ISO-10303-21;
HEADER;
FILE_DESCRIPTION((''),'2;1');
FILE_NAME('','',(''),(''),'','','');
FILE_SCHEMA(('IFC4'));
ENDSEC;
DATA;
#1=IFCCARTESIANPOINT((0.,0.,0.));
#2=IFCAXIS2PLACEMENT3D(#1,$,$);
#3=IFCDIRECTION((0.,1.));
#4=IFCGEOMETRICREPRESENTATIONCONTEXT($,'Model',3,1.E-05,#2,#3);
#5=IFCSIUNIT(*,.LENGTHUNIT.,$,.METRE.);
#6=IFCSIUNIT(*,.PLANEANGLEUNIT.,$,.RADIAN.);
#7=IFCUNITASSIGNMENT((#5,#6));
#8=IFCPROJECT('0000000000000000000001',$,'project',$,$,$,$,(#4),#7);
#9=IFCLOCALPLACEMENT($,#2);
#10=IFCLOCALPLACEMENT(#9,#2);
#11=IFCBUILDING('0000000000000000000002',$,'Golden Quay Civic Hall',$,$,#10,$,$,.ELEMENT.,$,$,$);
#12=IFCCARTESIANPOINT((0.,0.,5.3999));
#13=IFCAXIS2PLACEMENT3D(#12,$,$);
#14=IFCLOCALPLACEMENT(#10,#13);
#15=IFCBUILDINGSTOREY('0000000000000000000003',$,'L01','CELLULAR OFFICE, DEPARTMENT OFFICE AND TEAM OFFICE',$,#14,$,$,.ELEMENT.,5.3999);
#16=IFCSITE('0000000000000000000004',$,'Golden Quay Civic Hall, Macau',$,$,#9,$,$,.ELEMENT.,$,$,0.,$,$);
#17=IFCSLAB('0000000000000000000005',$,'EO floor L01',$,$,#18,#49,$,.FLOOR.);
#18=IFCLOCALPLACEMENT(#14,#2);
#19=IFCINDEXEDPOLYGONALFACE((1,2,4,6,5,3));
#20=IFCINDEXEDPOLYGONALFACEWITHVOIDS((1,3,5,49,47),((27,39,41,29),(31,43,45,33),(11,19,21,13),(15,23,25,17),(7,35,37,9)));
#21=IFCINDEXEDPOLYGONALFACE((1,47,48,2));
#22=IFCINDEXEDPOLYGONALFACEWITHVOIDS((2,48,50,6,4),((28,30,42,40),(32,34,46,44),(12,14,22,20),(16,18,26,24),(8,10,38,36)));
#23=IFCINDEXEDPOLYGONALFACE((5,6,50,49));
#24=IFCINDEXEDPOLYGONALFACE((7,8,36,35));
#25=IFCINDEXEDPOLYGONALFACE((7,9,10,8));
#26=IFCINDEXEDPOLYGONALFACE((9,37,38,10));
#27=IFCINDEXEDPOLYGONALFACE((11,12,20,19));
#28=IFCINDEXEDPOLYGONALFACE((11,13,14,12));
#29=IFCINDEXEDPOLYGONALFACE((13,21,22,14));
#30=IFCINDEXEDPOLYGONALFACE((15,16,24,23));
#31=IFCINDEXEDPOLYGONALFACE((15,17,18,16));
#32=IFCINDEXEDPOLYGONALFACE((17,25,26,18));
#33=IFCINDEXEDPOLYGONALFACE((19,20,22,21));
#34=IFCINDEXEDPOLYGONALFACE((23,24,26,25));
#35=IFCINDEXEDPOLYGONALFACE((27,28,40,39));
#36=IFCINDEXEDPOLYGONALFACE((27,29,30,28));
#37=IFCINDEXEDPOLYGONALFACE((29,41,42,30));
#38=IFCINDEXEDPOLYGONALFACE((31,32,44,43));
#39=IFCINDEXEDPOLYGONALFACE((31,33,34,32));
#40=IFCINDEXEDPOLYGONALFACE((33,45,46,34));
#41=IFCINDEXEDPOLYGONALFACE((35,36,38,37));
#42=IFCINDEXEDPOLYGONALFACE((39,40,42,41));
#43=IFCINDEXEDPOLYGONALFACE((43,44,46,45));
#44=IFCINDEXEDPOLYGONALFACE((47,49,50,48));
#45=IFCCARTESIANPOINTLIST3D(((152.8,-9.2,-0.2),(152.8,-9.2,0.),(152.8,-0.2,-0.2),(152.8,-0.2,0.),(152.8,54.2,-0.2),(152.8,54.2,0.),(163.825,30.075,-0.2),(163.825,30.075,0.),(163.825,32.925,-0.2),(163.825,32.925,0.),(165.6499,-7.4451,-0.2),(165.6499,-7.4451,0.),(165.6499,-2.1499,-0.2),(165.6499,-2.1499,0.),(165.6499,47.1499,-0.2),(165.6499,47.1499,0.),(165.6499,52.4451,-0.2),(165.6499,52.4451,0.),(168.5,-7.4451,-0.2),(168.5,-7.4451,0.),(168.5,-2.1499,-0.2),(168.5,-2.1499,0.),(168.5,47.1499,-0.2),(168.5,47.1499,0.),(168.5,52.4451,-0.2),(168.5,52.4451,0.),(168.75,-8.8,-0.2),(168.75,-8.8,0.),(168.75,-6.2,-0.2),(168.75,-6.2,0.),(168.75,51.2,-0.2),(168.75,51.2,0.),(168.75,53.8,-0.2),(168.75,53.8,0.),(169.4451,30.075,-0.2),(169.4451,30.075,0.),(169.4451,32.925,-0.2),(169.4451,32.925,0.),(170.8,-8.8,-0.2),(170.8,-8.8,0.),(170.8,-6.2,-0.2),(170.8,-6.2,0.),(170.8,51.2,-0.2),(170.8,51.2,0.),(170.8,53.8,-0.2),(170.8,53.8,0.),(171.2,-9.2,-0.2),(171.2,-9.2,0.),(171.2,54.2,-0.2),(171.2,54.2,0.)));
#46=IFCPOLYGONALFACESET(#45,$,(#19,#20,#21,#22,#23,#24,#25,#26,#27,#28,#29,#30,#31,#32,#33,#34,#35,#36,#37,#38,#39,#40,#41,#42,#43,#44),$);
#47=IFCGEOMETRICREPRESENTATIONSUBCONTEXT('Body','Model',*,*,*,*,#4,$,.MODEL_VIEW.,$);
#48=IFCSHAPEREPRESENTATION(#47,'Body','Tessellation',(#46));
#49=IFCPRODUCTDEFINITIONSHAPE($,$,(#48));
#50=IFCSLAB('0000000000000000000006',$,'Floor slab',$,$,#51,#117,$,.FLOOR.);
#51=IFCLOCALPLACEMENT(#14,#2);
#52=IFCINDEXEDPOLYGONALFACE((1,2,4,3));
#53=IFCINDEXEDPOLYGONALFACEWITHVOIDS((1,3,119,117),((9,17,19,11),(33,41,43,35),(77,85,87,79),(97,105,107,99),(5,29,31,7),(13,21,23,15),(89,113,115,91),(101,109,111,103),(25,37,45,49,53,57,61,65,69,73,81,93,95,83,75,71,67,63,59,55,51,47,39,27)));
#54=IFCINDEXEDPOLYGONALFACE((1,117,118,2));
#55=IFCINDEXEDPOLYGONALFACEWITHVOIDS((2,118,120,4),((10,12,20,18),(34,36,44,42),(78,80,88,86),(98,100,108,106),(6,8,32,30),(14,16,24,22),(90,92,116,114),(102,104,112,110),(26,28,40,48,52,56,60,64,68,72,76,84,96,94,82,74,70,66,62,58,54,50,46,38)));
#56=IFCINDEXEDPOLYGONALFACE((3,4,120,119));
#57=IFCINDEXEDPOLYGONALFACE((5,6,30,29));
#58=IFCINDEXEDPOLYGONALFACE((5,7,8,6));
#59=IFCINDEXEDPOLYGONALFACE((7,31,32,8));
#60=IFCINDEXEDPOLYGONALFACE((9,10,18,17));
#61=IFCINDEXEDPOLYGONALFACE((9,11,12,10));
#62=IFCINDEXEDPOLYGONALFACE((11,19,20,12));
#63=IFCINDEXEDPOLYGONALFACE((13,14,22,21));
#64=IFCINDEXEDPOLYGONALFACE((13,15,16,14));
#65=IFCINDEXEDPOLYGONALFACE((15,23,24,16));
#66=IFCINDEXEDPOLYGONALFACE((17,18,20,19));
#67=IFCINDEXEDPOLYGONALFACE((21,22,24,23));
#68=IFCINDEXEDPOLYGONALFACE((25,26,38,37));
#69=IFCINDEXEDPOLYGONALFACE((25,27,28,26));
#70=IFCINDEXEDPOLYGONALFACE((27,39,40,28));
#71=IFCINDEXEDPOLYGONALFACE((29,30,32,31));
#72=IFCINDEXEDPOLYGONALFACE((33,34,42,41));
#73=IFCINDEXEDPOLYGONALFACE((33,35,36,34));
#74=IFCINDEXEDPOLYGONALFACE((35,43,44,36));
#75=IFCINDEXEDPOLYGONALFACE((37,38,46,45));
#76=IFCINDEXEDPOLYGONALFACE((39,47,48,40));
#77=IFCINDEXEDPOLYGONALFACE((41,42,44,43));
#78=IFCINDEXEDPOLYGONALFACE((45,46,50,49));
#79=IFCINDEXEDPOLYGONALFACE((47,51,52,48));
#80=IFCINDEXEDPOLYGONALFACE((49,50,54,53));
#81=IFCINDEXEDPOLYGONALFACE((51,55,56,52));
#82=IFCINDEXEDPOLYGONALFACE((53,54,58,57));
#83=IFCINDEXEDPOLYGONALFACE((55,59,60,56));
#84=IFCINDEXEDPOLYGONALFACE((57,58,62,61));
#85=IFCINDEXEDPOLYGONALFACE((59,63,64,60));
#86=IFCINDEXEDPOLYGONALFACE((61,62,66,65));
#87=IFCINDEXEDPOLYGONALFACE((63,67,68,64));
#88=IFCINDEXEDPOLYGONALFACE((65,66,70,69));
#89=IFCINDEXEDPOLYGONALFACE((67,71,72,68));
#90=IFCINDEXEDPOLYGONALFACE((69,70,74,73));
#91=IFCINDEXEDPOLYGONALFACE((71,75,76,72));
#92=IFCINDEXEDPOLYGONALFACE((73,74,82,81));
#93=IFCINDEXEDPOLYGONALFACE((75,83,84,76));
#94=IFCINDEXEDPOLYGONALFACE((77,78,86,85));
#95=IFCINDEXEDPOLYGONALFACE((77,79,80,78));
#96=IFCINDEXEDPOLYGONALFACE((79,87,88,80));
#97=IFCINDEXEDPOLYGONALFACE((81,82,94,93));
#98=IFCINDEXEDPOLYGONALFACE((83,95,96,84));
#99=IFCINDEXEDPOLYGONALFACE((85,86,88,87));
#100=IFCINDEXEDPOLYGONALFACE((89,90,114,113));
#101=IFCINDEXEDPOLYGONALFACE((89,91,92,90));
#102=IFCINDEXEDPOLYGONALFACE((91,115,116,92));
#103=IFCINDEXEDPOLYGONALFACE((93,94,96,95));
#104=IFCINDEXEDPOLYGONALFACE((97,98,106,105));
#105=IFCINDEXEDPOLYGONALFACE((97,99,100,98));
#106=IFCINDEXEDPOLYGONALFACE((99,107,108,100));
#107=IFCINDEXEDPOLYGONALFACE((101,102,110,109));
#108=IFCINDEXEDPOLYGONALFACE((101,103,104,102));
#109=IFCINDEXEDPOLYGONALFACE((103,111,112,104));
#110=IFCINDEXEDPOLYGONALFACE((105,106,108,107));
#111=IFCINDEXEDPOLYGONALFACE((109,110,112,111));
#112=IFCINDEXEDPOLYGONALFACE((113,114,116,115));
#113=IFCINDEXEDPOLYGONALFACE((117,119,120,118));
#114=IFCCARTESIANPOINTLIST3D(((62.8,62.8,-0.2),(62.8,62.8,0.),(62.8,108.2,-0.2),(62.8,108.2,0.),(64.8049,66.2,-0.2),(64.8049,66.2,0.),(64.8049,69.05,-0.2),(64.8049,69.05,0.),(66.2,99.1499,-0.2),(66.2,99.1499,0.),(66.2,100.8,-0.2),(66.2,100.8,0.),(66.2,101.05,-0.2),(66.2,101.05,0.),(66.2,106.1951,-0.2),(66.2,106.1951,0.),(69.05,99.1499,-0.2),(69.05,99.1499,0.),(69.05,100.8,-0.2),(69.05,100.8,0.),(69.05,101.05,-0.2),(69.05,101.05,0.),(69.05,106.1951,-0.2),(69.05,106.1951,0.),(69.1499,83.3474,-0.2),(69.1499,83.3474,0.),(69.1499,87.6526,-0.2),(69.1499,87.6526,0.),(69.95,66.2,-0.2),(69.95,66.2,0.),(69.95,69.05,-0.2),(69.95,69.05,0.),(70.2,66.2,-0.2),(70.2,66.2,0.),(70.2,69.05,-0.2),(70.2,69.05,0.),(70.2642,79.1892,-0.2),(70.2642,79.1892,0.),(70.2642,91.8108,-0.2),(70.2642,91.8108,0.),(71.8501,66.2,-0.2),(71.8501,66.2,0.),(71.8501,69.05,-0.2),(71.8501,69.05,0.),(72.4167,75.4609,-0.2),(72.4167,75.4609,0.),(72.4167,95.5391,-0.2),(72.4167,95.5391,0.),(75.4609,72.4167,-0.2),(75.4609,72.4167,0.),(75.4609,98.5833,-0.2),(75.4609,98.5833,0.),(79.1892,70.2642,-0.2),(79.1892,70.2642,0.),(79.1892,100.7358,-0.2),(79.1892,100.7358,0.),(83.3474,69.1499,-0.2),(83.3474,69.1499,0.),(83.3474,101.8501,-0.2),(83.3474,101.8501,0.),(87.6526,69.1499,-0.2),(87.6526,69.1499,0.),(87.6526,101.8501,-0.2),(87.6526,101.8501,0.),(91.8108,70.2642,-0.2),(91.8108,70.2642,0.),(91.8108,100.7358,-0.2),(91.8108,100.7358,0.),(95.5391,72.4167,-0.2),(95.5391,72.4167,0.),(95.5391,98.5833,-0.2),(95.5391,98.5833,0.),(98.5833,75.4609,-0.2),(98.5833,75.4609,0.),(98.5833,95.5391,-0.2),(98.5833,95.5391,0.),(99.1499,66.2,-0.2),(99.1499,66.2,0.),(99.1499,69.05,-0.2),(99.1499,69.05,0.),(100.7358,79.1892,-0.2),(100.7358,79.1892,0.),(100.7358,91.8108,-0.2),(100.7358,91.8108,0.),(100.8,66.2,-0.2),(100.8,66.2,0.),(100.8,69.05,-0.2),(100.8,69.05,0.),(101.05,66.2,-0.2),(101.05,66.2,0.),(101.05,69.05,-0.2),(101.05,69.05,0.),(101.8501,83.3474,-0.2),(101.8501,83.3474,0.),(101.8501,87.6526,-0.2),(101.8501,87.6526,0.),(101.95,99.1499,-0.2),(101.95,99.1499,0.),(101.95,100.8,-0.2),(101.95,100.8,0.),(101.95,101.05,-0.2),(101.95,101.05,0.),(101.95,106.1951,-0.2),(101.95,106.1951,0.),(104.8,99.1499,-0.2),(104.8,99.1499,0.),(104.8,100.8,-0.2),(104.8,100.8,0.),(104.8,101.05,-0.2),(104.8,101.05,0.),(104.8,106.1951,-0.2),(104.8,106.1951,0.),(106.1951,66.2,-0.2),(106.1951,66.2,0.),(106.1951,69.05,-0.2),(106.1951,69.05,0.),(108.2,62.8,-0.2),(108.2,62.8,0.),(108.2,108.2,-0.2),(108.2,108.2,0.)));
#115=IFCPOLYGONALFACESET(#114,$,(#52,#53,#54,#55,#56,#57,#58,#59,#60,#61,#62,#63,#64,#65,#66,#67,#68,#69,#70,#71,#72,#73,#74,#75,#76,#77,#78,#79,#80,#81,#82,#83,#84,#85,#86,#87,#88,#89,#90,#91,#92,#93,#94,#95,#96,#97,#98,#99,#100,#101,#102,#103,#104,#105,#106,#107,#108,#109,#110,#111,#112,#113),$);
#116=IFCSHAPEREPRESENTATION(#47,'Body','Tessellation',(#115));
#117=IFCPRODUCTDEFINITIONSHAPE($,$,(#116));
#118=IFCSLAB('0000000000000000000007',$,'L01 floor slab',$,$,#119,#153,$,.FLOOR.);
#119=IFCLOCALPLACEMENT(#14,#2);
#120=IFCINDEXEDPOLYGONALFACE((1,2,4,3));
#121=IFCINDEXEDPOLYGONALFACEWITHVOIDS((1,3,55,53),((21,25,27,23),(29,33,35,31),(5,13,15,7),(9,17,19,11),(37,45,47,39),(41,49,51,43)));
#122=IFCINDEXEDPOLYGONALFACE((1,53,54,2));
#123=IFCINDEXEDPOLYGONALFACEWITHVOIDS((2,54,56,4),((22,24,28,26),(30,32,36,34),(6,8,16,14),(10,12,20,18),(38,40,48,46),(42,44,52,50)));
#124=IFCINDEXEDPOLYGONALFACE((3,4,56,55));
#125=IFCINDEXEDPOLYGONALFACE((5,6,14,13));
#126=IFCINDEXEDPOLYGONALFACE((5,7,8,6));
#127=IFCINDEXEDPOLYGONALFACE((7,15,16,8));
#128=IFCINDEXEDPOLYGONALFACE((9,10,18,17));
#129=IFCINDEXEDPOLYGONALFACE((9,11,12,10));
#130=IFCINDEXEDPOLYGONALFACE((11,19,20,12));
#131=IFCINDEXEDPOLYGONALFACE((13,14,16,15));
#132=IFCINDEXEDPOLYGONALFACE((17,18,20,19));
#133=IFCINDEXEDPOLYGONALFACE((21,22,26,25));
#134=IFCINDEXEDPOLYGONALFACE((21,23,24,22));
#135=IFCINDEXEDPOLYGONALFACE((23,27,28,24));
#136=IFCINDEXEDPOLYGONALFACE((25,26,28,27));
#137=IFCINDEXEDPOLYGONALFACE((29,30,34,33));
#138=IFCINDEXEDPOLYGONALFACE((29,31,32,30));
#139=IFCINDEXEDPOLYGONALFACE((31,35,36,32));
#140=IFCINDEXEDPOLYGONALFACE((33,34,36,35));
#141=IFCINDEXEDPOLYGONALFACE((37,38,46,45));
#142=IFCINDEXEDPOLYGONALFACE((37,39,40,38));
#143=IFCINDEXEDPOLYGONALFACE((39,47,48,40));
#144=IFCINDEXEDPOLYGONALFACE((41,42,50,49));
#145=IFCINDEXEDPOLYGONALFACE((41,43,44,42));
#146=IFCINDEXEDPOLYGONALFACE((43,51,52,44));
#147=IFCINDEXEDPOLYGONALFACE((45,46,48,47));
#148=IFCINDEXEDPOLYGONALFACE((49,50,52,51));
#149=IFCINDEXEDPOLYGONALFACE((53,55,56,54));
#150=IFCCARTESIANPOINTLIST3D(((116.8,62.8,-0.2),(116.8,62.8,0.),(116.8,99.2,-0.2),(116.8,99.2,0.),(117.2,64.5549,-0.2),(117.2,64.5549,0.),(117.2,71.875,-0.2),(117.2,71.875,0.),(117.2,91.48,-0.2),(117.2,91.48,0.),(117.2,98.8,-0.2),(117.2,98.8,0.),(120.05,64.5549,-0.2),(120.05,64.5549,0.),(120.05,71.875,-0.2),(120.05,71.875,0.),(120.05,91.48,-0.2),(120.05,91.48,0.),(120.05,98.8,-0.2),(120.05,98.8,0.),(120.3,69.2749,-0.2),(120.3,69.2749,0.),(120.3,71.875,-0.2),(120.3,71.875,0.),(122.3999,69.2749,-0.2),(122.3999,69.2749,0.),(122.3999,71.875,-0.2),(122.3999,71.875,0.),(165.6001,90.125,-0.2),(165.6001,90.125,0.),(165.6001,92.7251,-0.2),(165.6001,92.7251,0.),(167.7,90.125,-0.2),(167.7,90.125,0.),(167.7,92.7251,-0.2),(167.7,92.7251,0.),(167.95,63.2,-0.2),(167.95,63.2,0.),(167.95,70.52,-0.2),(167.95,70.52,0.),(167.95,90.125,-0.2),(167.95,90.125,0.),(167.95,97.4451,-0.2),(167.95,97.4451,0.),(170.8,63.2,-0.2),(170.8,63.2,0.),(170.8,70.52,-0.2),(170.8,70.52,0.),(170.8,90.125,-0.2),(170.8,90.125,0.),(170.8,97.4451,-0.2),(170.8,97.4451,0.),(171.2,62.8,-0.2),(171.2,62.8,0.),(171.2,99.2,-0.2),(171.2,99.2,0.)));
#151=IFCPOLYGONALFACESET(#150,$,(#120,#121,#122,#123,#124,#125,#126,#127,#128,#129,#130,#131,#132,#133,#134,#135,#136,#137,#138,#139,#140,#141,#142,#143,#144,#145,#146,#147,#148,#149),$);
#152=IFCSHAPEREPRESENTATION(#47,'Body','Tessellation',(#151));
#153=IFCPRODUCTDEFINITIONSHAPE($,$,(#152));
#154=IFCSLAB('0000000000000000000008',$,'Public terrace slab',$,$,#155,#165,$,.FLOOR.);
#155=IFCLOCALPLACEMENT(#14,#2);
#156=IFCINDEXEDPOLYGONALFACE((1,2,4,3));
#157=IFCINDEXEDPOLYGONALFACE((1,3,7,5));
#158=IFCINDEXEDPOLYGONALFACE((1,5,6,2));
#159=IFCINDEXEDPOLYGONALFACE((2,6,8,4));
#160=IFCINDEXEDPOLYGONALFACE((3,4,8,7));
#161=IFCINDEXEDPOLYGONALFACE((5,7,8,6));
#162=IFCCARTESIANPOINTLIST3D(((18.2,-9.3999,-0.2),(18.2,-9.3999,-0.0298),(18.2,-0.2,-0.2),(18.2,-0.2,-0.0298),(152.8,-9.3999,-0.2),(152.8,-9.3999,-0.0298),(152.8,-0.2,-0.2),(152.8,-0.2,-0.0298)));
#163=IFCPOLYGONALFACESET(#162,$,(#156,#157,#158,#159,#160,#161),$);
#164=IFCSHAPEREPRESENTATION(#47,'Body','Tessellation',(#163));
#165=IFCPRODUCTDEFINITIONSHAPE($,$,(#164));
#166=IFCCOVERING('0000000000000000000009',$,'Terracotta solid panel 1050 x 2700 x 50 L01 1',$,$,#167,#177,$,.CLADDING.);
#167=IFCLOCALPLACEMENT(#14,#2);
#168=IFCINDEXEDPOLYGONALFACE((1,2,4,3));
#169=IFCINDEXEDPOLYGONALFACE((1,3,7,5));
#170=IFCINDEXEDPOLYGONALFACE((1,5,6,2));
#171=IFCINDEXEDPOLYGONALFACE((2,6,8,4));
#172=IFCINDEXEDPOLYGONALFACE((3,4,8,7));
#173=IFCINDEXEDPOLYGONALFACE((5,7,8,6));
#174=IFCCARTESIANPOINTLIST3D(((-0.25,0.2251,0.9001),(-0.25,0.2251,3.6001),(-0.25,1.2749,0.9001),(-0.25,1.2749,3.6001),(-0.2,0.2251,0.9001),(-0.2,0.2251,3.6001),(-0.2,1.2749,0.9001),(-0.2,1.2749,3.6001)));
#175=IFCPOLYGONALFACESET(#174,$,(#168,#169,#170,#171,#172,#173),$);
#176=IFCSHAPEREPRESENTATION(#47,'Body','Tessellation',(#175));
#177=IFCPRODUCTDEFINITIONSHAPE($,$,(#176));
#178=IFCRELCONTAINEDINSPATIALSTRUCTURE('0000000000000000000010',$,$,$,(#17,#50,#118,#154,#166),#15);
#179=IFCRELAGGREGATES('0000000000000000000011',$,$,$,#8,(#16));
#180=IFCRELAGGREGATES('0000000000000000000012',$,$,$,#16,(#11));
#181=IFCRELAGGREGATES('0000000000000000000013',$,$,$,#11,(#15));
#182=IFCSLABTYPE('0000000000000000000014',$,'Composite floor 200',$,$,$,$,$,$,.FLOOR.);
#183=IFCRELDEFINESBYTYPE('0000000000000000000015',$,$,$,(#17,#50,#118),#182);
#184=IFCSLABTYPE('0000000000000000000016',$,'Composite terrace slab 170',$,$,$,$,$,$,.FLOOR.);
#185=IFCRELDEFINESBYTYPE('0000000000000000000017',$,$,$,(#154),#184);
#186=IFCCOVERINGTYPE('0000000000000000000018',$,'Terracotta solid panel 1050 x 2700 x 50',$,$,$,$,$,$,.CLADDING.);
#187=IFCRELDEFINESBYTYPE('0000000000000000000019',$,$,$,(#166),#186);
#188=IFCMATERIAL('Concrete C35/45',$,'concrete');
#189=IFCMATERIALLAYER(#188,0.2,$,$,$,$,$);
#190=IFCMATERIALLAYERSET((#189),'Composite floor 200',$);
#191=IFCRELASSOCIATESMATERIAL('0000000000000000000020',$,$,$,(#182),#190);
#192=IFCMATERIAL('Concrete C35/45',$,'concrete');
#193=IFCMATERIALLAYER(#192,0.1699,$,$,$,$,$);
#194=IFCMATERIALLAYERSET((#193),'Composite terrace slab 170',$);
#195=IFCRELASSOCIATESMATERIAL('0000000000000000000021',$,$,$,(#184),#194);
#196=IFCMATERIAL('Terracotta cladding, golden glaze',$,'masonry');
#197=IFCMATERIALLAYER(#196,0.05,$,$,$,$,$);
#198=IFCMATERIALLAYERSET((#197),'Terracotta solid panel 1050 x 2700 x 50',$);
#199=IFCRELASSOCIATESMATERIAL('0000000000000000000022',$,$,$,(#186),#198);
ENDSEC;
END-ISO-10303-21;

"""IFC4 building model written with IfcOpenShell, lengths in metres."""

from ifc_helpers import new_model, si_unit, direction, frame, origin, place, context, subcontext, project, spatial, polyline, outline, extrude, material, layer, layer_set, type_object, element, save


model = new_model("IFC4")

# Units and contexts
model_context = context("Model", 3, precision=1e-05, world=origin(), true_north=direction((0.0, 1.0)))
body_context = subcontext(model_context, "Body", "Model", "MODEL_VIEW")
ifc_project = project(units=[si_unit("LENGTHUNIT", "METRE"), si_unit("PLANEANGLEUNIT", "RADIAN")], contexts=[model_context])

# Site, building, storey
site_placement = place(None, origin())
site = spatial("IfcSite", under=ifc_project, at=site_placement, Name="Golden Quay Civic Hall, Macau", CompositionType="ELEMENT", RefElevation=0.0)
building_placement = place(site_placement, origin())
building = spatial("IfcBuilding", under=site, at=building_placement, Name="Golden Quay Civic Hall", CompositionType="ELEMENT")
storey_placement = place(building_placement, frame((0.0, 0.0, 5.3999)))
storey = spatial("IfcBuildingStorey", under=building, at=storey_placement, Name="L01", Description="CELLULAR OFFICE, DEPARTMENT OFFICE AND TEAM OFFICE", CompositionType="ELEMENT", Elevation=5.3999)

# Slabs
ifc_material_1 = material(Name="Concrete C35/45", Category="concrete")
ifc_layer_1 = layer(ifc_material_1, 0.2)
ifc_layer_set_1 = layer_set([ifc_layer_1], Name="Composite floor 200")
slab_type_1 = type_object("IfcSlabType", Name="Composite floor 200", PredefinedType="FLOOR", material=ifc_layer_set_1)
slab_1_placement = place(storey_placement, frame((0.0, 0.0, -0.2)))
element("IfcSlab", 1, at=slab_1_placement, inside=storey, type_object=slab_type_1, Name="EO floor L01", PredefinedType="FLOOR", context=body_context, shape_type="SweptSolid", body=[
    extrude(outline(polyline([(152.8, 54.2), (171.2, 54.2), (171.2, -9.2), (152.8, -9.2), (152.8, -0.2), (152.8, 54.2)]), holes=[polyline([(168.5, -2.1499), (165.6499, -2.1499), (165.6499, -7.4451), (168.5, -7.4451), (168.5, -2.1499)]), polyline([(170.8, -8.8), (170.8, -6.2), (168.75, -6.2), (168.75, -8.8), (170.8, -8.8)]), polyline([(165.6499, 47.1499), (168.5, 47.1499), (168.5, 52.4451), (165.6499, 52.4451), (165.6499, 47.1499)]), polyline([(168.75, 53.8), (168.75, 51.2), (170.8, 51.2), (170.8, 53.8), (168.75, 53.8)]), polyline([(169.4451, 32.925), (163.825, 32.925), (163.825, 30.075), (169.4451, 30.075), (169.4451, 32.925)])]), origin(), (0.0, 0.0, 1.0), 0.2),
])
slab_2_placement = place(storey_placement, frame((0.0, 0.0, -0.2)))
element("IfcSlab", 2, at=slab_2_placement, inside=storey, type_object=slab_type_1, Name="Floor slab", PredefinedType="FLOOR", context=body_context, shape_type="SweptSolid", body=[
    extrude(outline(polyline([(62.8, 108.2), (108.2, 108.2), (108.2, 62.8), (62.8, 62.8), (62.8, 108.2)]), holes=[polyline([(98.5833, 95.5391), (95.5391, 98.5833), (91.8108, 100.7358), (87.6526, 101.8501), (83.3474, 101.8501), (79.1892, 100.7358), (75.4609, 98.5833), (72.4167, 95.5391), (70.2642, 91.8108), (69.1499, 87.6526), (69.1499, 83.3474), (70.2642, 79.1892), (72.4167, 75.4609), (75.4609, 72.4167), (79.1892, 70.2642), (83.3474, 69.1499), (87.6526, 69.1499), (91.8108, 70.2642), (95.5391, 72.4167), (98.5833, 75.4609), (100.7358, 79.1892), (101.8501, 83.3474), (101.8501, 87.6526), (100.7358, 91.8108), (98.5833, 95.5391)]), polyline([(69.95, 69.05), (64.8049, 69.05), (64.8049, 66.2), (69.95, 66.2), (69.95, 69.05)]), polyline([(71.8501, 69.05), (70.2, 69.05), (70.2, 66.2), (71.8501, 66.2), (71.8501, 69.05)]), polyline([(99.1499, 69.05), (99.1499, 66.2), (100.8, 66.2), (100.8, 69.05), (99.1499, 69.05)]), polyline([(101.05, 66.2), (106.1951, 66.2), (106.1951, 69.05), (101.05, 69.05), (101.05, 66.2)]), polyline([(69.05, 99.1499), (69.05, 100.8), (66.2, 100.8), (66.2, 99.1499), (69.05, 99.1499)]), polyline([(101.95, 99.1499), (104.8, 99.1499), (104.8, 100.8), (101.95, 100.8), (101.95, 99.1499)]), polyline([(69.05, 101.05), (69.05, 106.1951), (66.2, 106.1951), (66.2, 101.05), (69.05, 101.05)]), polyline([(104.8, 101.05), (104.8, 106.1951), (101.95, 106.1951), (101.95, 101.05), (104.8, 101.05)])]), origin(), (0.0, 0.0, 1.0), 0.2),
])
slab_3_placement = place(storey_placement, frame((0.0, 0.0, -0.2)))
element("IfcSlab", 3, at=slab_3_placement, inside=storey, type_object=slab_type_1, Name="L01 floor slab", PredefinedType="FLOOR", context=body_context, shape_type="SweptSolid", body=[
    extrude(outline(polyline([(116.8, 62.8), (171.2, 62.8), (171.2, 99.2), (116.8, 99.2), (116.8, 62.8)]), holes=[polyline([(120.05, 64.5549), (120.05, 71.875), (117.2, 71.875), (117.2, 64.5549), (120.05, 64.5549)]), polyline([(120.3, 69.2749), (122.3999, 69.2749), (122.3999, 71.875), (120.3, 71.875), (120.3, 69.2749)]), polyline([(167.95, 97.4451), (167.95, 90.125), (170.8, 90.125), (170.8, 97.4451), (167.95, 97.4451)]), polyline([(167.7, 92.7251), (165.6001, 92.7251), (165.6001, 90.125), (167.7, 90.125), (167.7, 92.7251)]), polyline([(120.05, 91.48), (120.05, 98.8), (117.2, 98.8), (117.2, 91.48), (120.05, 91.48)]), polyline([(167.95, 70.52), (167.95, 63.2), (170.8, 63.2), (170.8, 70.52), (167.95, 70.52)])]), origin(), (0.0, 0.0, 1.0), 0.2),
])
ifc_material_2 = material(Name="Concrete C35/45", Category="concrete")
ifc_layer_2 = layer(ifc_material_2, 0.1699)
ifc_layer_set_2 = layer_set([ifc_layer_2], Name="Composite terrace slab 170")
slab_type_2 = type_object("IfcSlabType", Name="Composite terrace slab 170", PredefinedType="FLOOR", material=ifc_layer_set_2)
slab_4_placement = place(storey_placement, frame((0.0, 0.0, -0.2)))
element("IfcSlab", 4, at=slab_4_placement, inside=storey, type_object=slab_type_2, Name="Public terrace slab", PredefinedType="FLOOR", context=body_context, shape_type="SweptSolid", body=[
    extrude(outline(polyline([(18.2, -9.3999), (152.8, -9.3999), (152.8, -0.2), (18.2, -0.2), (18.2, -9.3999)])), origin(), (0.0, 0.0, 1.0), 0.1702),
])

# Covering
ifc_material_3 = material(Name="Terracotta cladding, golden glaze", Category="masonry")
ifc_layer_3 = layer(ifc_material_3, 0.05)
ifc_layer_set_3 = layer_set([ifc_layer_3], Name="Terracotta solid panel 1050 x 2700 x 50")
covering_type_1 = type_object("IfcCoveringType", Name="Terracotta solid panel 1050 x 2700 x 50", PredefinedType="CLADDING", material=ifc_layer_set_3)
covering_1_placement = place(storey_placement, frame((0.0, 0.0, 0.9001)))
element("IfcCovering", 5, at=covering_1_placement, inside=storey, type_object=covering_type_1, Name="Terracotta solid panel 1050 x 2700 x 50 L01 1", PredefinedType="CLADDING", context=body_context, shape_type="SweptSolid", body=[
    extrude(outline(polyline([(-0.2, 0.2251), (-0.2, 1.2749), (-0.25, 1.2749), (-0.25, 0.2251), (-0.2, 0.2251)])), origin(), (0.0, 0.0, 1.0), 2.7),
])

save(model, "model.ifc")
